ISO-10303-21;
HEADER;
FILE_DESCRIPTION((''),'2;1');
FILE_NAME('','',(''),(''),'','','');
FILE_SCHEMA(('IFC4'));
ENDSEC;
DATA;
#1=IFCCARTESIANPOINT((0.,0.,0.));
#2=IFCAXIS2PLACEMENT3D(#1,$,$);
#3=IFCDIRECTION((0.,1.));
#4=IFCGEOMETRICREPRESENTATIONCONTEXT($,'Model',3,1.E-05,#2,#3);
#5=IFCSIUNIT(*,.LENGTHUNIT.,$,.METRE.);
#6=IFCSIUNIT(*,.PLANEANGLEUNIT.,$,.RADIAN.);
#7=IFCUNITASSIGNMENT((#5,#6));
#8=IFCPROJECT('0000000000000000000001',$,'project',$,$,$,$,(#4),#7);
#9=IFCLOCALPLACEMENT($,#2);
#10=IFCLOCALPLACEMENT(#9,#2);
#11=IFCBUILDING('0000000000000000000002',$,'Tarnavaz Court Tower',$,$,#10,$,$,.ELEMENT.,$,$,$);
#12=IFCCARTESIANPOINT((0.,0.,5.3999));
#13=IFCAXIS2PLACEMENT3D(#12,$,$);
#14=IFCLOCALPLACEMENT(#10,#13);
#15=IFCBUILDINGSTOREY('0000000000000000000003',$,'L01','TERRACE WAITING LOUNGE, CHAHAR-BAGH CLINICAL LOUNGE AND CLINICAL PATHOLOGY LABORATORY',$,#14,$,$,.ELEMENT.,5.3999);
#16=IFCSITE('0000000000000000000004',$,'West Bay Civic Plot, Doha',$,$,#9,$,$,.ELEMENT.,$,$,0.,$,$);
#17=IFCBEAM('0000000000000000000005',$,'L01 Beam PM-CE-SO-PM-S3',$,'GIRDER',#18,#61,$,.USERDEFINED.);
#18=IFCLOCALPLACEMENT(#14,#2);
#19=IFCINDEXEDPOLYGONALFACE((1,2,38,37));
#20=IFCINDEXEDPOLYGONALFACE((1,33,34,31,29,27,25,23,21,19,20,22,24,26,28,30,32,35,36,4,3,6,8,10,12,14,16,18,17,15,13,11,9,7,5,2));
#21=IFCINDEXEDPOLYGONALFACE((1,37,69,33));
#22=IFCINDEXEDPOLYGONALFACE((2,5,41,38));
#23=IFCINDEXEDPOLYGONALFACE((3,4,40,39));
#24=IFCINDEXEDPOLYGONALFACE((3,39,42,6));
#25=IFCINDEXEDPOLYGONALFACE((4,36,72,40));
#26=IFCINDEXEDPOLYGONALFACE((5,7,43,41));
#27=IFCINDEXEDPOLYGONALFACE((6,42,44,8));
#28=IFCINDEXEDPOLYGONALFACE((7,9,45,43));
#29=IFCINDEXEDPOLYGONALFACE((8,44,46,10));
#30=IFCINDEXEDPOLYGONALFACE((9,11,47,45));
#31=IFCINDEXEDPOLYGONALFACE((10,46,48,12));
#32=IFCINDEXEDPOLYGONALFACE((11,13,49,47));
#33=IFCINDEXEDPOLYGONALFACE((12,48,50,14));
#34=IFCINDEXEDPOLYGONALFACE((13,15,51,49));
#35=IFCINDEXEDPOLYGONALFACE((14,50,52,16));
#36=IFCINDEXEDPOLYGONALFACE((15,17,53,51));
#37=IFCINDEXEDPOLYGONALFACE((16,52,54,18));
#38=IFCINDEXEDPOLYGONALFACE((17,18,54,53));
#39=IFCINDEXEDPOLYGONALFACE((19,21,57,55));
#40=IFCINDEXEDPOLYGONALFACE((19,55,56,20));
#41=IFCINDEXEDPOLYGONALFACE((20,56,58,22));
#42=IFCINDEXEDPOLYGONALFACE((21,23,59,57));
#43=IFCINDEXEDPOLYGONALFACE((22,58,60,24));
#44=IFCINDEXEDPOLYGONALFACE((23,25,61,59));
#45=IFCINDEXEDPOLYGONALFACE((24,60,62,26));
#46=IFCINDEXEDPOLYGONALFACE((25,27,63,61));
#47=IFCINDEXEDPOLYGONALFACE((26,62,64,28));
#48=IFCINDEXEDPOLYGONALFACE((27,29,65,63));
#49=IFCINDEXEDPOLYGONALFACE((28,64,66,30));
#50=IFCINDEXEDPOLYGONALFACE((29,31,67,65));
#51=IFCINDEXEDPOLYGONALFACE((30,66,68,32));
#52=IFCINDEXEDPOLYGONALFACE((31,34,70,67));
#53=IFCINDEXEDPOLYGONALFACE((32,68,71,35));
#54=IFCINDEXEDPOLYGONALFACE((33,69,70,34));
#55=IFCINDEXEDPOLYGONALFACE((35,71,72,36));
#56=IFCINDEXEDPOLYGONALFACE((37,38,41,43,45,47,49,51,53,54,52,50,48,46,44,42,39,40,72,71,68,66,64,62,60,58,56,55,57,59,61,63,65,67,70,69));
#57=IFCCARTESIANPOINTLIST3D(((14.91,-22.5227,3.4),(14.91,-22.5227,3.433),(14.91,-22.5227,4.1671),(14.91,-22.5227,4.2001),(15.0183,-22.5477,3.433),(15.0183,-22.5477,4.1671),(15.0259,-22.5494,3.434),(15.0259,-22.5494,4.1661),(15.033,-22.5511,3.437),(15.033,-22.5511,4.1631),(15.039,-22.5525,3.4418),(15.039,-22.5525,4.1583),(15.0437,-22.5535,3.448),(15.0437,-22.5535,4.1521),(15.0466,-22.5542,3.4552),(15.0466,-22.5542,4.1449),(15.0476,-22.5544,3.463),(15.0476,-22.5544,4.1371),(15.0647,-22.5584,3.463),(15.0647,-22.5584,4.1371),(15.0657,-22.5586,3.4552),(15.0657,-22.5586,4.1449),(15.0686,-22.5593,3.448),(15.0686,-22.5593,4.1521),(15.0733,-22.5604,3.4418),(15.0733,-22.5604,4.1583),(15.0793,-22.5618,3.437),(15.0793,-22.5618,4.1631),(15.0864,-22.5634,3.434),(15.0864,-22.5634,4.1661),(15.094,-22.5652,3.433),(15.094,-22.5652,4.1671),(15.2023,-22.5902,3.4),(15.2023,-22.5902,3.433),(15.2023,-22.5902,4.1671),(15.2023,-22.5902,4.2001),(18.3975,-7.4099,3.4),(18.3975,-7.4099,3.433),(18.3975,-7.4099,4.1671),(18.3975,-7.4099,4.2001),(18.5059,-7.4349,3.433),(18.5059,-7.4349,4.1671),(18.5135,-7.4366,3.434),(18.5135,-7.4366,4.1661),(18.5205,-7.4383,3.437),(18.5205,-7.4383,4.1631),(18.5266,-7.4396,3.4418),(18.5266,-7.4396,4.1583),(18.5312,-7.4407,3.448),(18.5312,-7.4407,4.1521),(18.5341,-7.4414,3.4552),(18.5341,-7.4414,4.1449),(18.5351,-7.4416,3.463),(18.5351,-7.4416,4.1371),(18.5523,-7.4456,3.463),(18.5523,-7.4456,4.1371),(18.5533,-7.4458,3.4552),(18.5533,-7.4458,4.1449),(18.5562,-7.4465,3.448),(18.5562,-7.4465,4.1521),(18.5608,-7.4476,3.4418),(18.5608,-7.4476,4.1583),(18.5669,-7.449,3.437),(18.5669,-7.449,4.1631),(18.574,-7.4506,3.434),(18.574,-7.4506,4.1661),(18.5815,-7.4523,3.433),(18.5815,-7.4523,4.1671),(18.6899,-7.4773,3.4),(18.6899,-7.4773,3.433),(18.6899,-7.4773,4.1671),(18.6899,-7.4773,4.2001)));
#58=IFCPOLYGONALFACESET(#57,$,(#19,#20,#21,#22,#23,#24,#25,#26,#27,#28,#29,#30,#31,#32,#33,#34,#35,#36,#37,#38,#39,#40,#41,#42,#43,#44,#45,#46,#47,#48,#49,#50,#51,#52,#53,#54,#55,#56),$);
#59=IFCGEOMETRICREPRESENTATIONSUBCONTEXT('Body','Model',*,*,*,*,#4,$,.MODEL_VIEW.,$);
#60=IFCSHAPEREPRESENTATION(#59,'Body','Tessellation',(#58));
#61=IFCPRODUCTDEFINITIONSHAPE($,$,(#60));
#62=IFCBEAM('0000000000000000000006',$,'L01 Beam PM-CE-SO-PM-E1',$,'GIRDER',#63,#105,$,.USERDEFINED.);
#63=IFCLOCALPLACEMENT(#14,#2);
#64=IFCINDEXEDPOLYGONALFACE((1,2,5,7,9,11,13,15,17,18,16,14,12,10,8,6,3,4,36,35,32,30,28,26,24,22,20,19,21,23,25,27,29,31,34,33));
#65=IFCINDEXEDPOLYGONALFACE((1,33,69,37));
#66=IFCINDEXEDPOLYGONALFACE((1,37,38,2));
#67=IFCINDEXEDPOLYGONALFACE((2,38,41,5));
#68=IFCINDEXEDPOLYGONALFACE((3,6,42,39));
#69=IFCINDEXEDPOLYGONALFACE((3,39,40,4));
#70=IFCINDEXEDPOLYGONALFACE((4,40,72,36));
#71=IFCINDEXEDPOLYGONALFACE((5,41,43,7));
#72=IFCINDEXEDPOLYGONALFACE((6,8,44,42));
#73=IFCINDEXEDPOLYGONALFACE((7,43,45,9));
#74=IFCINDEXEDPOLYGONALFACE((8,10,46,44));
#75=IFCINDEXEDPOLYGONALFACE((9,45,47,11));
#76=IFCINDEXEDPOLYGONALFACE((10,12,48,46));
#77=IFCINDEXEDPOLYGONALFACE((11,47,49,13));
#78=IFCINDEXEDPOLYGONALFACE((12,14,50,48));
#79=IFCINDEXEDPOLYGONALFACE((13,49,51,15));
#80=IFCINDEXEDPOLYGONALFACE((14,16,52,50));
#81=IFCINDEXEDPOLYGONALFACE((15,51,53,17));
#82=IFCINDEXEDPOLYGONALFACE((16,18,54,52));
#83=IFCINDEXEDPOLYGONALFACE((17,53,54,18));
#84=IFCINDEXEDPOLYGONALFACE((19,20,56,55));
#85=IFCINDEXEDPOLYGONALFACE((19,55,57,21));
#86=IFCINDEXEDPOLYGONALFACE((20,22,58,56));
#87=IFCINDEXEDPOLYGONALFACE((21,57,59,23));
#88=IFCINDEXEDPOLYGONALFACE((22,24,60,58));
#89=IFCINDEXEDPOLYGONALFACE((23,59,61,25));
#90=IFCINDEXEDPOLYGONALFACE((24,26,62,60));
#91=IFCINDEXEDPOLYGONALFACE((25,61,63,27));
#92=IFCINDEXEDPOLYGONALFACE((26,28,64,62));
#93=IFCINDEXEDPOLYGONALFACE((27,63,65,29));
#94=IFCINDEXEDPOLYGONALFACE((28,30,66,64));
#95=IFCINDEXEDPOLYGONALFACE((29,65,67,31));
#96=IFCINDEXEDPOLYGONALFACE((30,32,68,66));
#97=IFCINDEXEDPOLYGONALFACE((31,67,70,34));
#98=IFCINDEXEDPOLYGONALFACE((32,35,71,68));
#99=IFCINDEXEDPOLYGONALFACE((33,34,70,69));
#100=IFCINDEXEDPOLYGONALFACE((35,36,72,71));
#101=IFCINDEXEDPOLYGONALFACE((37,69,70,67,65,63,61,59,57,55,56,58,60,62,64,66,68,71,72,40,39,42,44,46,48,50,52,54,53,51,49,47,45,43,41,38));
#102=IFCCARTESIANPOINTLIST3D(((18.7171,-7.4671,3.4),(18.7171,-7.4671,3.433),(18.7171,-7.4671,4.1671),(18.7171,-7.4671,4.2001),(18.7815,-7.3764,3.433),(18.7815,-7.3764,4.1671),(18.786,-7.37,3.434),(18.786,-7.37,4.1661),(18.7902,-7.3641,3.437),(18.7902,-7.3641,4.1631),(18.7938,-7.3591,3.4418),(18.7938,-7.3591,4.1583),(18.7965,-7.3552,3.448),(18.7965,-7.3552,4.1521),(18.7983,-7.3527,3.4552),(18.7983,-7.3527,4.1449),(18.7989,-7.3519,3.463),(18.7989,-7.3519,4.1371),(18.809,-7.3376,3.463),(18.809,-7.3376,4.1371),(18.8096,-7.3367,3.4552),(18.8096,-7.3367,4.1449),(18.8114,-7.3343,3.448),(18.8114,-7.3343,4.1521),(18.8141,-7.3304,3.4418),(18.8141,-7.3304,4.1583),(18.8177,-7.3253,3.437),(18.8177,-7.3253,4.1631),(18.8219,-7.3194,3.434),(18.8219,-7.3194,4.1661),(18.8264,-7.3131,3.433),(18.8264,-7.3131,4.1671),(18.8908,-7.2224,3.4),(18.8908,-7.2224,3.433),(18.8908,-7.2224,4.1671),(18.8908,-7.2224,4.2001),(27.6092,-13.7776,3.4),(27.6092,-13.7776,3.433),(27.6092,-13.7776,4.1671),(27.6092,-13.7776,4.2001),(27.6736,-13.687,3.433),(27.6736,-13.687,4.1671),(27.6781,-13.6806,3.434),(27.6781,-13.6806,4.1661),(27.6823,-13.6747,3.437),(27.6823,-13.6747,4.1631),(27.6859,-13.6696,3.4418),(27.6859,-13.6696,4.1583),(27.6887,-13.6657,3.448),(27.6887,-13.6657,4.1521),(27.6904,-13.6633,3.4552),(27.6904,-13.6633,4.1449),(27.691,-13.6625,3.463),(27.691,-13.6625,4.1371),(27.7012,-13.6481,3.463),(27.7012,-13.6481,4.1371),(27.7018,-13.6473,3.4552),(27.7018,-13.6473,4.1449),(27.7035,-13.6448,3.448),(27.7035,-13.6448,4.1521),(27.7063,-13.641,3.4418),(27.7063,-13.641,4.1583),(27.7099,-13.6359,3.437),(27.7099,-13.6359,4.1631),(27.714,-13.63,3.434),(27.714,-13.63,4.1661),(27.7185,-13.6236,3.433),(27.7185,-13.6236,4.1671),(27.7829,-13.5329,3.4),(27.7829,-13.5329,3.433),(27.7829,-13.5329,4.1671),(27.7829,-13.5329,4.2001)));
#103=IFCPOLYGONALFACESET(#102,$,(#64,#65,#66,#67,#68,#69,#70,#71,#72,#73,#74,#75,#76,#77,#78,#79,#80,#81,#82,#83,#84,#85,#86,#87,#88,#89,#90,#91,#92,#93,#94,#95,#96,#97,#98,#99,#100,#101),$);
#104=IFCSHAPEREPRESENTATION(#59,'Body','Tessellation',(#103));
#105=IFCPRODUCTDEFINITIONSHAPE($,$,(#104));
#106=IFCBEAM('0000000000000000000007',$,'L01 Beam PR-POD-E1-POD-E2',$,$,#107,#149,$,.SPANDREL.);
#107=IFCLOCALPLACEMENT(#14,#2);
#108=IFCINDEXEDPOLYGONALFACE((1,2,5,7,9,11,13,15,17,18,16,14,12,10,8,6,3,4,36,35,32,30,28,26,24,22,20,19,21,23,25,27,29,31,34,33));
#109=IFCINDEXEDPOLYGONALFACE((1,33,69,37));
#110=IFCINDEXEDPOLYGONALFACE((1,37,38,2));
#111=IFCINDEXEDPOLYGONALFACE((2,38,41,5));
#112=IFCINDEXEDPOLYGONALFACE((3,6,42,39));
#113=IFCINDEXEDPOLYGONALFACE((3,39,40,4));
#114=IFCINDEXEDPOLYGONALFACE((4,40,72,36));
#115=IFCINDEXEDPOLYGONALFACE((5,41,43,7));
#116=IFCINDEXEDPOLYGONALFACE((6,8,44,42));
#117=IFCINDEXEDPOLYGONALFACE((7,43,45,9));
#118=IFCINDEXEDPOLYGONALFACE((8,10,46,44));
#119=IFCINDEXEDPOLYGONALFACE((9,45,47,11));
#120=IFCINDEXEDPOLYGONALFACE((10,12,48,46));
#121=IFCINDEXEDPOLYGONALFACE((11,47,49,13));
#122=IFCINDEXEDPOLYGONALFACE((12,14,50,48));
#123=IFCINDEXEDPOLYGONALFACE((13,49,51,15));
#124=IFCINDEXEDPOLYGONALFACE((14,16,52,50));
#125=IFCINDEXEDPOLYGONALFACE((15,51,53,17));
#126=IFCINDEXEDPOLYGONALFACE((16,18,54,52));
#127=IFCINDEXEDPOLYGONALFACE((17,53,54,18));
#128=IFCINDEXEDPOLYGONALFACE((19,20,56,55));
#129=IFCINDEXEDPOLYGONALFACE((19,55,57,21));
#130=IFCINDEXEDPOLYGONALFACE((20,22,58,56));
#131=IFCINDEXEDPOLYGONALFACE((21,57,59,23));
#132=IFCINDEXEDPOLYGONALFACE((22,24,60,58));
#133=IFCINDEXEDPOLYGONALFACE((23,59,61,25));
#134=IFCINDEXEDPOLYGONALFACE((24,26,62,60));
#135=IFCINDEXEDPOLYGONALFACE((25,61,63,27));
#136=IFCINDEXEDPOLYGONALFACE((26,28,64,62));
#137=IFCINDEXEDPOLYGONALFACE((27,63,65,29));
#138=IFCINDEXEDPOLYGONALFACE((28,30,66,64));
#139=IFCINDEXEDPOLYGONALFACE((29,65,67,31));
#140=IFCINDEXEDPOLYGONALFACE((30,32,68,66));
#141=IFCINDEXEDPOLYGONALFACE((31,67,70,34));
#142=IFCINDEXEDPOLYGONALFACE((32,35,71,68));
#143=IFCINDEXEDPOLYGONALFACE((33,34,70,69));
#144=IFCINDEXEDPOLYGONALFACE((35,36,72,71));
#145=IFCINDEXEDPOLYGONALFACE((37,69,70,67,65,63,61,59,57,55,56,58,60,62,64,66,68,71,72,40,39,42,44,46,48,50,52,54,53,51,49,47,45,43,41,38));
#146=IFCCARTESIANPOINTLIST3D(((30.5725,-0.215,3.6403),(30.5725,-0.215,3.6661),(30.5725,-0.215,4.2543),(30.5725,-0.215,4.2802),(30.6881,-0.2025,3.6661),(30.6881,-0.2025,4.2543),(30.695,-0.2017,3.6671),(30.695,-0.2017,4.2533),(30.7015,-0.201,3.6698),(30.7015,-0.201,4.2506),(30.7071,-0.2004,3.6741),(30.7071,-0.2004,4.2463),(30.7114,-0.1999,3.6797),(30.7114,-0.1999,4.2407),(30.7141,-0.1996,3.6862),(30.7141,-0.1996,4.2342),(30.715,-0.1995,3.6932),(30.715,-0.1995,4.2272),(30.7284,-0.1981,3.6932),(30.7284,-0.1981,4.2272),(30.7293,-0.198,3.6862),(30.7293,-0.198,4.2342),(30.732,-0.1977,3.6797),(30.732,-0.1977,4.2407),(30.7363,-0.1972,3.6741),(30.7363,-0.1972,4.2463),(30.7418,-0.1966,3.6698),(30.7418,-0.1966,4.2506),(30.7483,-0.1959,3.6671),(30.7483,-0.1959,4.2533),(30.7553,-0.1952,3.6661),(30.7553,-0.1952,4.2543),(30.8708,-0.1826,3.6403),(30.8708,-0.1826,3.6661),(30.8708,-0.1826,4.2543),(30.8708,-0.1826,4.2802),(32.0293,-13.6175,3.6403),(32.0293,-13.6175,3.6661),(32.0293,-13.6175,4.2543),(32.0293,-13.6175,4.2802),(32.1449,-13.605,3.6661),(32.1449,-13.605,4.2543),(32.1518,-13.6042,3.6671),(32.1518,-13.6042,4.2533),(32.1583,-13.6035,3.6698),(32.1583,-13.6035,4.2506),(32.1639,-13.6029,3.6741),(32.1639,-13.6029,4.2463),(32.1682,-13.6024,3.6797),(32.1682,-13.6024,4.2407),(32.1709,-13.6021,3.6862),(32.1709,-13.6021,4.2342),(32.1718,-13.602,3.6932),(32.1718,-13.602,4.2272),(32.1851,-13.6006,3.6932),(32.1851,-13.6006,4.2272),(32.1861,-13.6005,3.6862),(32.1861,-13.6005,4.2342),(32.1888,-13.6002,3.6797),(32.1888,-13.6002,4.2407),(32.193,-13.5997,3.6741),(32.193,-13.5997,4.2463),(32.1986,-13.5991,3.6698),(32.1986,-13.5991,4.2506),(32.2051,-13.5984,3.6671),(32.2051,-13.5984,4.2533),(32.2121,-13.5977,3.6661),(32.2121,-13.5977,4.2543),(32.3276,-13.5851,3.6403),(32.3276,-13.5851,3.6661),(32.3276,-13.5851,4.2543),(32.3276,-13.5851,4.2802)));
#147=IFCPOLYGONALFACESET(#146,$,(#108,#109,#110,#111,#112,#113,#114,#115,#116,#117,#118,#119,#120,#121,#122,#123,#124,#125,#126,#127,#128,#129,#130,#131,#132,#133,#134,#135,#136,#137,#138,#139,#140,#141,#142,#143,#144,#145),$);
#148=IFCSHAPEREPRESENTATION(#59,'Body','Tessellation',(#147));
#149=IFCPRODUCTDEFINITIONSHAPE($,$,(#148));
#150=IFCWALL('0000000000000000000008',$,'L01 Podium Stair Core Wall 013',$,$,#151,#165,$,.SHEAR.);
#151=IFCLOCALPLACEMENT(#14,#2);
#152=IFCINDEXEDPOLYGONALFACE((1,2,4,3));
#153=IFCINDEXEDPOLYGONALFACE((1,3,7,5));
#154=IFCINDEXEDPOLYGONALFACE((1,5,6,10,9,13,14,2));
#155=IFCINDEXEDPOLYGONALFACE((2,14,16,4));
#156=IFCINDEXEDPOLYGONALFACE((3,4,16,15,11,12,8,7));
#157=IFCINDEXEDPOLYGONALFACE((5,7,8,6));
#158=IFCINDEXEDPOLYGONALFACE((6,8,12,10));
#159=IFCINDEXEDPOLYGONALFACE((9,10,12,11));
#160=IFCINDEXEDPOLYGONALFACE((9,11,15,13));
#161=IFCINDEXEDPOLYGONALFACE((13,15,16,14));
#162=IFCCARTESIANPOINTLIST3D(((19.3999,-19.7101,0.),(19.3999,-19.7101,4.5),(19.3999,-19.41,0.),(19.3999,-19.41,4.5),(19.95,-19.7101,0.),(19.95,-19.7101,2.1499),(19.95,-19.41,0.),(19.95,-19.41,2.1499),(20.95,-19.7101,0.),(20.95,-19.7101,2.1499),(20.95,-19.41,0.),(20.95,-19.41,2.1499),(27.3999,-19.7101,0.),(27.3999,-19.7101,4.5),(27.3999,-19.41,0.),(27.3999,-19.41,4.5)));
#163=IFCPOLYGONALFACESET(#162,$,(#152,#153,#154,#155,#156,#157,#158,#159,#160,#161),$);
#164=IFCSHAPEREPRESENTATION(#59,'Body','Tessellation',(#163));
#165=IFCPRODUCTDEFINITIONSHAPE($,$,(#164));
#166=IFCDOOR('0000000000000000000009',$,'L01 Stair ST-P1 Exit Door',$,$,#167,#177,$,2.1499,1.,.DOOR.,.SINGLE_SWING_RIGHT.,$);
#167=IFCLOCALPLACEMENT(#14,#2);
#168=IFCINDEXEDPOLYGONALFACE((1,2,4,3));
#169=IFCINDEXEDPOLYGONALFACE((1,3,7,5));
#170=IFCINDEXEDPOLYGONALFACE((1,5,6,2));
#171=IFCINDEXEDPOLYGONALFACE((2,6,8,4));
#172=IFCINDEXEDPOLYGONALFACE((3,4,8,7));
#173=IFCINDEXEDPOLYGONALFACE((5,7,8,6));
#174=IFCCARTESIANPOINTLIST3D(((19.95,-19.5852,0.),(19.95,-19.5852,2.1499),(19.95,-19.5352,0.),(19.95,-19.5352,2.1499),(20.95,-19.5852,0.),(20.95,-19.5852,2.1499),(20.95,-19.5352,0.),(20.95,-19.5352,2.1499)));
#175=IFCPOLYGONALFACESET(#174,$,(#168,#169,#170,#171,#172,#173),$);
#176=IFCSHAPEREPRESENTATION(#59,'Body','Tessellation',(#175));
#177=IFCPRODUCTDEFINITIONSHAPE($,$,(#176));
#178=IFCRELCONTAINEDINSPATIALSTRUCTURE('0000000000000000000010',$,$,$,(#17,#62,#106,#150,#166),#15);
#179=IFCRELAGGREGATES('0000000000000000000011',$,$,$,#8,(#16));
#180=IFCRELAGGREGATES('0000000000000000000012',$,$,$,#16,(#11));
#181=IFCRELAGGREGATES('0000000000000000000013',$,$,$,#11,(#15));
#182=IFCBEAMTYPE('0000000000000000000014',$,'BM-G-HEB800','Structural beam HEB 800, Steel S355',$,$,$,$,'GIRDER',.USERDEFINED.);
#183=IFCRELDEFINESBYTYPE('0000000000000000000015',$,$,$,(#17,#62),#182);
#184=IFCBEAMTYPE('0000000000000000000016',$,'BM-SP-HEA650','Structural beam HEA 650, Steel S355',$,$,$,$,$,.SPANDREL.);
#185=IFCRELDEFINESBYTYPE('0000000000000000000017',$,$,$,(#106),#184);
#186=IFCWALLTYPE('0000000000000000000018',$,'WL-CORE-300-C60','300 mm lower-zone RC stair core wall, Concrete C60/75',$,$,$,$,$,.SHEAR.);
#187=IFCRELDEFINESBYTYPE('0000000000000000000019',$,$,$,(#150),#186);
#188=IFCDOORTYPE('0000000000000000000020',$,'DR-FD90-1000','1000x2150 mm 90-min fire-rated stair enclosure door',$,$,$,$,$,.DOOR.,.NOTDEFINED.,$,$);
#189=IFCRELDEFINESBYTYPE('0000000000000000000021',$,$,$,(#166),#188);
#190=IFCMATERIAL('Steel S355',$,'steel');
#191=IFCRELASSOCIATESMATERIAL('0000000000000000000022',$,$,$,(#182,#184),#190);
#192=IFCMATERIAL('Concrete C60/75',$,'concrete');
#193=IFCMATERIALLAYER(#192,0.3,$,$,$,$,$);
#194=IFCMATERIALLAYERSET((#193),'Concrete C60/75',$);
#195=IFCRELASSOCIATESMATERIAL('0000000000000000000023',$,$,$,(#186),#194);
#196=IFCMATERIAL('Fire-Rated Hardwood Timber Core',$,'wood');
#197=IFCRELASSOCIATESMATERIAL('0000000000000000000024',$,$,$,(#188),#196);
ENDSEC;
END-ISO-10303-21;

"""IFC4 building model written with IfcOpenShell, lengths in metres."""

from ifc_helpers import new_model, si_unit, direction, frame, frame_2d, origin, origin_2d, place, context, subcontext, project, spatial, rectangle, i_section, extrude, material, layer, layer_set, material_profile, profile_set, type_object, element, fill, save


model = new_model("IFC4")

# Units and contexts
model_context = context("Model", 3, precision=1e-05, world=origin(), true_north=direction((0.0, 1.0)))
body_context = subcontext(model_context, "Body", "Model", "MODEL_VIEW")
ifc_project = project(units=[si_unit("LENGTHUNIT", "METRE"), si_unit("PLANEANGLEUNIT", "RADIAN")], contexts=[model_context])

# Site, building, storey
site_placement = place(None, origin())
site = spatial("IfcSite", under=ifc_project, at=site_placement, Name="West Bay Civic Plot, Doha", CompositionType="ELEMENT", RefElevation=0.0)
building_placement = place(site_placement, origin())
building = spatial("IfcBuilding", under=site, at=building_placement, Name="Tarnavaz Court Tower", CompositionType="ELEMENT")
storey_placement = place(building_placement, frame((0.0, 0.0, 5.3999)))
storey = spatial("IfcBuildingStorey", under=building, at=storey_placement, Name="L01", Description="TERRACE WAITING LOUNGE, CHAHAR-BAGH CLINICAL LOUNGE AND CLINICAL PATHOLOGY LABORATORY", CompositionType="ELEMENT", Elevation=5.3999)

# Shared definitions
ifc_material_1 = material(Name="Concrete C60/75", Category="concrete")

# Beams
ifc_material_2 = material(Name="Steel S355", Category="steel")
ifc_material_profile_1 = material_profile(ifc_material_2, i_section(OverallWidth=0.3, OverallDepth=0.8, WebThickness=0.0176, FlangeThickness=0.033, FilletRadius=0.03, at=origin_2d()), Name="HEB 800")
ifc_profile_set_1 = profile_set([ifc_material_profile_1], Name="Steel S355")
beam_type_1 = type_object("IfcBeamType", Name="BM-G-HEB800", Description="Structural beam HEB 800, Steel S355", ElementType="GIRDER", PredefinedType="USERDEFINED", material=ifc_profile_set_1)
beam_1_placement = place(storey_placement, frame((18.5437, -7.4436, 3.8), z_axis=(-0.224858, -0.974391, 0.0), x_axis=(0.974391, -0.224858, 0.0)))
element("IfcBeam", 1, at=beam_1_placement, inside=storey, type_object=beam_type_1, Name="L01 Beam PM-CE-SO-PM-S3", ObjectType="GIRDER", PredefinedType="USERDEFINED", context=body_context, shape_type="SweptSolid", body=[
    extrude(i_section(OverallWidth=0.3, OverallDepth=0.8, WebThickness=0.0176, FlangeThickness=0.033, FilletRadius=0.03, at=origin_2d()), origin(), (0.0, 0.0, 1.0), 15.51),
])
beam_2_placement = place(storey_placement, frame((18.804, -7.3447, 3.8), z_axis=(0.815506, -0.578749, 0.0), x_axis=(0.578749, 0.815506, 0.0)))
element("IfcBeam", 2, at=beam_2_placement, inside=storey, type_object=beam_type_1, Name="L01 Beam PM-CE-SO-PM-E1", ObjectType="GIRDER", PredefinedType="USERDEFINED", context=body_context, shape_type="SweptSolid", body=[
    extrude(i_section(OverallWidth=0.3, OverallDepth=0.8, WebThickness=0.0176, FlangeThickness=0.033, FilletRadius=0.03, at=origin_2d()), origin(), (0.0, 0.0, 1.0), 10.9038),
])
ifc_material_profile_2 = material_profile(ifc_material_2, i_section(OverallWidth=0.3, OverallDepth=0.6399, WebThickness=0.0134, FlangeThickness=0.0259, FilletRadius=0.0271, at=origin_2d()), Name="HEA 650")
ifc_profile_set_2 = profile_set([ifc_material_profile_2], Name="Steel S355")
beam_type_2 = type_object("IfcBeamType", Name="BM-SP-HEA650", Description="Structural beam HEA 650, Steel S355", PredefinedType="SPANDREL", material=ifc_profile_set_2)
beam_3_placement = place(storey_placement, frame((32.1785, -13.6013, 3.9602), z_axis=(-0.108058, 0.994145, 0.0), x_axis=(-0.994145, -0.108058, 0.0)))
element("IfcBeam", 3, at=beam_3_placement, inside=storey, type_object=beam_type_2, Name="L01 Beam PR-POD-E1-POD-E2", PredefinedType="SPANDREL", context=body_context, shape_type="SweptSolid", body=[
    extrude(i_section(OverallWidth=0.3, OverallDepth=0.6399, WebThickness=0.0134, FlangeThickness=0.0259, FilletRadius=0.0271, at=origin_2d()), origin(), (0.0, 0.0, 1.0), 13.4814),
])

# Wall, opening, door
ifc_layer_1 = layer(ifc_material_1, 0.3)
ifc_layer_set_1 = layer_set([ifc_layer_1], Name="Concrete C60/75")
wall_type_1 = type_object("IfcWallType", Name="WL-CORE-300-C60", Description="300 mm lower-zone RC stair core wall, Concrete C60/75", PredefinedType="SHEAR", material=ifc_layer_set_1)
wall_1_placement = place(storey_placement, frame((19.3999, -19.5601, 0.0), z_axis=(0.0, 0.0, 1.0), x_axis=(1.0, 0.0, 0.0)))
wall_1 = element("IfcWall", 4, at=wall_1_placement, inside=storey, type_object=wall_type_1, Name="L01 Podium Stair Core Wall 013", PredefinedType="SHEAR", context=body_context, shape_type="SweptSolid", body=[
    extrude(rectangle(XDim=8.0, YDim=0.3, at=frame_2d((4.0, 0.0))), origin(), (0.0, 0.0, 1.0), 4.5),
])
opening_1_placement = place(wall_1_placement, frame((0.55, 0.0, 0.0)))
opening_1 = element("IfcOpeningElement", 5, at=opening_1_placement, cuts=wall_1, PredefinedType="OPENING", context=body_context, shape_type="SweptSolid", body=[
    extrude(rectangle(XDim=1.0, YDim=2.1499, at=frame_2d((0.5, 1.075))), frame((0.0, 0.1599, 0.0), z_axis=(0.0, -1.0, 0.0), x_axis=(1.0, 0.0, 0.0)), (0.0, 0.0, 1.0), 0.3201),
])
ifc_material_3 = material(Name="Fire-Rated Hardwood Timber Core", Category="wood")
door_type_1 = type_object("IfcDoorType", Name="DR-FD90-1000", Description="1000x2150 mm 90-min fire-rated stair enclosure door", OperationType="NOTDEFINED", PredefinedType="DOOR", material=ifc_material_3)
door_1_placement = place(opening_1_placement, origin())
door_1 = element("IfcDoor", 6, at=door_1_placement, inside=storey, type_object=door_type_1, Name="L01 Stair ST-P1 Exit Door", OperationType="SINGLE_SWING_RIGHT", OverallHeight=2.1499, OverallWidth=1.0, PredefinedType="DOOR", context=body_context, shape_type="SweptSolid", body=[
    extrude(rectangle(XDim=1.0, YDim=2.1499, at=frame_2d((0.5, 1.075))), frame((0.0, 0.0249, 0.0), z_axis=(0.0, -1.0, 0.0), x_axis=(1.0, 0.0, 0.0)), (0.0, 0.0, 1.0), 0.05),
])
fill(opening_1, door_1)

save(model, "model.ifc")
